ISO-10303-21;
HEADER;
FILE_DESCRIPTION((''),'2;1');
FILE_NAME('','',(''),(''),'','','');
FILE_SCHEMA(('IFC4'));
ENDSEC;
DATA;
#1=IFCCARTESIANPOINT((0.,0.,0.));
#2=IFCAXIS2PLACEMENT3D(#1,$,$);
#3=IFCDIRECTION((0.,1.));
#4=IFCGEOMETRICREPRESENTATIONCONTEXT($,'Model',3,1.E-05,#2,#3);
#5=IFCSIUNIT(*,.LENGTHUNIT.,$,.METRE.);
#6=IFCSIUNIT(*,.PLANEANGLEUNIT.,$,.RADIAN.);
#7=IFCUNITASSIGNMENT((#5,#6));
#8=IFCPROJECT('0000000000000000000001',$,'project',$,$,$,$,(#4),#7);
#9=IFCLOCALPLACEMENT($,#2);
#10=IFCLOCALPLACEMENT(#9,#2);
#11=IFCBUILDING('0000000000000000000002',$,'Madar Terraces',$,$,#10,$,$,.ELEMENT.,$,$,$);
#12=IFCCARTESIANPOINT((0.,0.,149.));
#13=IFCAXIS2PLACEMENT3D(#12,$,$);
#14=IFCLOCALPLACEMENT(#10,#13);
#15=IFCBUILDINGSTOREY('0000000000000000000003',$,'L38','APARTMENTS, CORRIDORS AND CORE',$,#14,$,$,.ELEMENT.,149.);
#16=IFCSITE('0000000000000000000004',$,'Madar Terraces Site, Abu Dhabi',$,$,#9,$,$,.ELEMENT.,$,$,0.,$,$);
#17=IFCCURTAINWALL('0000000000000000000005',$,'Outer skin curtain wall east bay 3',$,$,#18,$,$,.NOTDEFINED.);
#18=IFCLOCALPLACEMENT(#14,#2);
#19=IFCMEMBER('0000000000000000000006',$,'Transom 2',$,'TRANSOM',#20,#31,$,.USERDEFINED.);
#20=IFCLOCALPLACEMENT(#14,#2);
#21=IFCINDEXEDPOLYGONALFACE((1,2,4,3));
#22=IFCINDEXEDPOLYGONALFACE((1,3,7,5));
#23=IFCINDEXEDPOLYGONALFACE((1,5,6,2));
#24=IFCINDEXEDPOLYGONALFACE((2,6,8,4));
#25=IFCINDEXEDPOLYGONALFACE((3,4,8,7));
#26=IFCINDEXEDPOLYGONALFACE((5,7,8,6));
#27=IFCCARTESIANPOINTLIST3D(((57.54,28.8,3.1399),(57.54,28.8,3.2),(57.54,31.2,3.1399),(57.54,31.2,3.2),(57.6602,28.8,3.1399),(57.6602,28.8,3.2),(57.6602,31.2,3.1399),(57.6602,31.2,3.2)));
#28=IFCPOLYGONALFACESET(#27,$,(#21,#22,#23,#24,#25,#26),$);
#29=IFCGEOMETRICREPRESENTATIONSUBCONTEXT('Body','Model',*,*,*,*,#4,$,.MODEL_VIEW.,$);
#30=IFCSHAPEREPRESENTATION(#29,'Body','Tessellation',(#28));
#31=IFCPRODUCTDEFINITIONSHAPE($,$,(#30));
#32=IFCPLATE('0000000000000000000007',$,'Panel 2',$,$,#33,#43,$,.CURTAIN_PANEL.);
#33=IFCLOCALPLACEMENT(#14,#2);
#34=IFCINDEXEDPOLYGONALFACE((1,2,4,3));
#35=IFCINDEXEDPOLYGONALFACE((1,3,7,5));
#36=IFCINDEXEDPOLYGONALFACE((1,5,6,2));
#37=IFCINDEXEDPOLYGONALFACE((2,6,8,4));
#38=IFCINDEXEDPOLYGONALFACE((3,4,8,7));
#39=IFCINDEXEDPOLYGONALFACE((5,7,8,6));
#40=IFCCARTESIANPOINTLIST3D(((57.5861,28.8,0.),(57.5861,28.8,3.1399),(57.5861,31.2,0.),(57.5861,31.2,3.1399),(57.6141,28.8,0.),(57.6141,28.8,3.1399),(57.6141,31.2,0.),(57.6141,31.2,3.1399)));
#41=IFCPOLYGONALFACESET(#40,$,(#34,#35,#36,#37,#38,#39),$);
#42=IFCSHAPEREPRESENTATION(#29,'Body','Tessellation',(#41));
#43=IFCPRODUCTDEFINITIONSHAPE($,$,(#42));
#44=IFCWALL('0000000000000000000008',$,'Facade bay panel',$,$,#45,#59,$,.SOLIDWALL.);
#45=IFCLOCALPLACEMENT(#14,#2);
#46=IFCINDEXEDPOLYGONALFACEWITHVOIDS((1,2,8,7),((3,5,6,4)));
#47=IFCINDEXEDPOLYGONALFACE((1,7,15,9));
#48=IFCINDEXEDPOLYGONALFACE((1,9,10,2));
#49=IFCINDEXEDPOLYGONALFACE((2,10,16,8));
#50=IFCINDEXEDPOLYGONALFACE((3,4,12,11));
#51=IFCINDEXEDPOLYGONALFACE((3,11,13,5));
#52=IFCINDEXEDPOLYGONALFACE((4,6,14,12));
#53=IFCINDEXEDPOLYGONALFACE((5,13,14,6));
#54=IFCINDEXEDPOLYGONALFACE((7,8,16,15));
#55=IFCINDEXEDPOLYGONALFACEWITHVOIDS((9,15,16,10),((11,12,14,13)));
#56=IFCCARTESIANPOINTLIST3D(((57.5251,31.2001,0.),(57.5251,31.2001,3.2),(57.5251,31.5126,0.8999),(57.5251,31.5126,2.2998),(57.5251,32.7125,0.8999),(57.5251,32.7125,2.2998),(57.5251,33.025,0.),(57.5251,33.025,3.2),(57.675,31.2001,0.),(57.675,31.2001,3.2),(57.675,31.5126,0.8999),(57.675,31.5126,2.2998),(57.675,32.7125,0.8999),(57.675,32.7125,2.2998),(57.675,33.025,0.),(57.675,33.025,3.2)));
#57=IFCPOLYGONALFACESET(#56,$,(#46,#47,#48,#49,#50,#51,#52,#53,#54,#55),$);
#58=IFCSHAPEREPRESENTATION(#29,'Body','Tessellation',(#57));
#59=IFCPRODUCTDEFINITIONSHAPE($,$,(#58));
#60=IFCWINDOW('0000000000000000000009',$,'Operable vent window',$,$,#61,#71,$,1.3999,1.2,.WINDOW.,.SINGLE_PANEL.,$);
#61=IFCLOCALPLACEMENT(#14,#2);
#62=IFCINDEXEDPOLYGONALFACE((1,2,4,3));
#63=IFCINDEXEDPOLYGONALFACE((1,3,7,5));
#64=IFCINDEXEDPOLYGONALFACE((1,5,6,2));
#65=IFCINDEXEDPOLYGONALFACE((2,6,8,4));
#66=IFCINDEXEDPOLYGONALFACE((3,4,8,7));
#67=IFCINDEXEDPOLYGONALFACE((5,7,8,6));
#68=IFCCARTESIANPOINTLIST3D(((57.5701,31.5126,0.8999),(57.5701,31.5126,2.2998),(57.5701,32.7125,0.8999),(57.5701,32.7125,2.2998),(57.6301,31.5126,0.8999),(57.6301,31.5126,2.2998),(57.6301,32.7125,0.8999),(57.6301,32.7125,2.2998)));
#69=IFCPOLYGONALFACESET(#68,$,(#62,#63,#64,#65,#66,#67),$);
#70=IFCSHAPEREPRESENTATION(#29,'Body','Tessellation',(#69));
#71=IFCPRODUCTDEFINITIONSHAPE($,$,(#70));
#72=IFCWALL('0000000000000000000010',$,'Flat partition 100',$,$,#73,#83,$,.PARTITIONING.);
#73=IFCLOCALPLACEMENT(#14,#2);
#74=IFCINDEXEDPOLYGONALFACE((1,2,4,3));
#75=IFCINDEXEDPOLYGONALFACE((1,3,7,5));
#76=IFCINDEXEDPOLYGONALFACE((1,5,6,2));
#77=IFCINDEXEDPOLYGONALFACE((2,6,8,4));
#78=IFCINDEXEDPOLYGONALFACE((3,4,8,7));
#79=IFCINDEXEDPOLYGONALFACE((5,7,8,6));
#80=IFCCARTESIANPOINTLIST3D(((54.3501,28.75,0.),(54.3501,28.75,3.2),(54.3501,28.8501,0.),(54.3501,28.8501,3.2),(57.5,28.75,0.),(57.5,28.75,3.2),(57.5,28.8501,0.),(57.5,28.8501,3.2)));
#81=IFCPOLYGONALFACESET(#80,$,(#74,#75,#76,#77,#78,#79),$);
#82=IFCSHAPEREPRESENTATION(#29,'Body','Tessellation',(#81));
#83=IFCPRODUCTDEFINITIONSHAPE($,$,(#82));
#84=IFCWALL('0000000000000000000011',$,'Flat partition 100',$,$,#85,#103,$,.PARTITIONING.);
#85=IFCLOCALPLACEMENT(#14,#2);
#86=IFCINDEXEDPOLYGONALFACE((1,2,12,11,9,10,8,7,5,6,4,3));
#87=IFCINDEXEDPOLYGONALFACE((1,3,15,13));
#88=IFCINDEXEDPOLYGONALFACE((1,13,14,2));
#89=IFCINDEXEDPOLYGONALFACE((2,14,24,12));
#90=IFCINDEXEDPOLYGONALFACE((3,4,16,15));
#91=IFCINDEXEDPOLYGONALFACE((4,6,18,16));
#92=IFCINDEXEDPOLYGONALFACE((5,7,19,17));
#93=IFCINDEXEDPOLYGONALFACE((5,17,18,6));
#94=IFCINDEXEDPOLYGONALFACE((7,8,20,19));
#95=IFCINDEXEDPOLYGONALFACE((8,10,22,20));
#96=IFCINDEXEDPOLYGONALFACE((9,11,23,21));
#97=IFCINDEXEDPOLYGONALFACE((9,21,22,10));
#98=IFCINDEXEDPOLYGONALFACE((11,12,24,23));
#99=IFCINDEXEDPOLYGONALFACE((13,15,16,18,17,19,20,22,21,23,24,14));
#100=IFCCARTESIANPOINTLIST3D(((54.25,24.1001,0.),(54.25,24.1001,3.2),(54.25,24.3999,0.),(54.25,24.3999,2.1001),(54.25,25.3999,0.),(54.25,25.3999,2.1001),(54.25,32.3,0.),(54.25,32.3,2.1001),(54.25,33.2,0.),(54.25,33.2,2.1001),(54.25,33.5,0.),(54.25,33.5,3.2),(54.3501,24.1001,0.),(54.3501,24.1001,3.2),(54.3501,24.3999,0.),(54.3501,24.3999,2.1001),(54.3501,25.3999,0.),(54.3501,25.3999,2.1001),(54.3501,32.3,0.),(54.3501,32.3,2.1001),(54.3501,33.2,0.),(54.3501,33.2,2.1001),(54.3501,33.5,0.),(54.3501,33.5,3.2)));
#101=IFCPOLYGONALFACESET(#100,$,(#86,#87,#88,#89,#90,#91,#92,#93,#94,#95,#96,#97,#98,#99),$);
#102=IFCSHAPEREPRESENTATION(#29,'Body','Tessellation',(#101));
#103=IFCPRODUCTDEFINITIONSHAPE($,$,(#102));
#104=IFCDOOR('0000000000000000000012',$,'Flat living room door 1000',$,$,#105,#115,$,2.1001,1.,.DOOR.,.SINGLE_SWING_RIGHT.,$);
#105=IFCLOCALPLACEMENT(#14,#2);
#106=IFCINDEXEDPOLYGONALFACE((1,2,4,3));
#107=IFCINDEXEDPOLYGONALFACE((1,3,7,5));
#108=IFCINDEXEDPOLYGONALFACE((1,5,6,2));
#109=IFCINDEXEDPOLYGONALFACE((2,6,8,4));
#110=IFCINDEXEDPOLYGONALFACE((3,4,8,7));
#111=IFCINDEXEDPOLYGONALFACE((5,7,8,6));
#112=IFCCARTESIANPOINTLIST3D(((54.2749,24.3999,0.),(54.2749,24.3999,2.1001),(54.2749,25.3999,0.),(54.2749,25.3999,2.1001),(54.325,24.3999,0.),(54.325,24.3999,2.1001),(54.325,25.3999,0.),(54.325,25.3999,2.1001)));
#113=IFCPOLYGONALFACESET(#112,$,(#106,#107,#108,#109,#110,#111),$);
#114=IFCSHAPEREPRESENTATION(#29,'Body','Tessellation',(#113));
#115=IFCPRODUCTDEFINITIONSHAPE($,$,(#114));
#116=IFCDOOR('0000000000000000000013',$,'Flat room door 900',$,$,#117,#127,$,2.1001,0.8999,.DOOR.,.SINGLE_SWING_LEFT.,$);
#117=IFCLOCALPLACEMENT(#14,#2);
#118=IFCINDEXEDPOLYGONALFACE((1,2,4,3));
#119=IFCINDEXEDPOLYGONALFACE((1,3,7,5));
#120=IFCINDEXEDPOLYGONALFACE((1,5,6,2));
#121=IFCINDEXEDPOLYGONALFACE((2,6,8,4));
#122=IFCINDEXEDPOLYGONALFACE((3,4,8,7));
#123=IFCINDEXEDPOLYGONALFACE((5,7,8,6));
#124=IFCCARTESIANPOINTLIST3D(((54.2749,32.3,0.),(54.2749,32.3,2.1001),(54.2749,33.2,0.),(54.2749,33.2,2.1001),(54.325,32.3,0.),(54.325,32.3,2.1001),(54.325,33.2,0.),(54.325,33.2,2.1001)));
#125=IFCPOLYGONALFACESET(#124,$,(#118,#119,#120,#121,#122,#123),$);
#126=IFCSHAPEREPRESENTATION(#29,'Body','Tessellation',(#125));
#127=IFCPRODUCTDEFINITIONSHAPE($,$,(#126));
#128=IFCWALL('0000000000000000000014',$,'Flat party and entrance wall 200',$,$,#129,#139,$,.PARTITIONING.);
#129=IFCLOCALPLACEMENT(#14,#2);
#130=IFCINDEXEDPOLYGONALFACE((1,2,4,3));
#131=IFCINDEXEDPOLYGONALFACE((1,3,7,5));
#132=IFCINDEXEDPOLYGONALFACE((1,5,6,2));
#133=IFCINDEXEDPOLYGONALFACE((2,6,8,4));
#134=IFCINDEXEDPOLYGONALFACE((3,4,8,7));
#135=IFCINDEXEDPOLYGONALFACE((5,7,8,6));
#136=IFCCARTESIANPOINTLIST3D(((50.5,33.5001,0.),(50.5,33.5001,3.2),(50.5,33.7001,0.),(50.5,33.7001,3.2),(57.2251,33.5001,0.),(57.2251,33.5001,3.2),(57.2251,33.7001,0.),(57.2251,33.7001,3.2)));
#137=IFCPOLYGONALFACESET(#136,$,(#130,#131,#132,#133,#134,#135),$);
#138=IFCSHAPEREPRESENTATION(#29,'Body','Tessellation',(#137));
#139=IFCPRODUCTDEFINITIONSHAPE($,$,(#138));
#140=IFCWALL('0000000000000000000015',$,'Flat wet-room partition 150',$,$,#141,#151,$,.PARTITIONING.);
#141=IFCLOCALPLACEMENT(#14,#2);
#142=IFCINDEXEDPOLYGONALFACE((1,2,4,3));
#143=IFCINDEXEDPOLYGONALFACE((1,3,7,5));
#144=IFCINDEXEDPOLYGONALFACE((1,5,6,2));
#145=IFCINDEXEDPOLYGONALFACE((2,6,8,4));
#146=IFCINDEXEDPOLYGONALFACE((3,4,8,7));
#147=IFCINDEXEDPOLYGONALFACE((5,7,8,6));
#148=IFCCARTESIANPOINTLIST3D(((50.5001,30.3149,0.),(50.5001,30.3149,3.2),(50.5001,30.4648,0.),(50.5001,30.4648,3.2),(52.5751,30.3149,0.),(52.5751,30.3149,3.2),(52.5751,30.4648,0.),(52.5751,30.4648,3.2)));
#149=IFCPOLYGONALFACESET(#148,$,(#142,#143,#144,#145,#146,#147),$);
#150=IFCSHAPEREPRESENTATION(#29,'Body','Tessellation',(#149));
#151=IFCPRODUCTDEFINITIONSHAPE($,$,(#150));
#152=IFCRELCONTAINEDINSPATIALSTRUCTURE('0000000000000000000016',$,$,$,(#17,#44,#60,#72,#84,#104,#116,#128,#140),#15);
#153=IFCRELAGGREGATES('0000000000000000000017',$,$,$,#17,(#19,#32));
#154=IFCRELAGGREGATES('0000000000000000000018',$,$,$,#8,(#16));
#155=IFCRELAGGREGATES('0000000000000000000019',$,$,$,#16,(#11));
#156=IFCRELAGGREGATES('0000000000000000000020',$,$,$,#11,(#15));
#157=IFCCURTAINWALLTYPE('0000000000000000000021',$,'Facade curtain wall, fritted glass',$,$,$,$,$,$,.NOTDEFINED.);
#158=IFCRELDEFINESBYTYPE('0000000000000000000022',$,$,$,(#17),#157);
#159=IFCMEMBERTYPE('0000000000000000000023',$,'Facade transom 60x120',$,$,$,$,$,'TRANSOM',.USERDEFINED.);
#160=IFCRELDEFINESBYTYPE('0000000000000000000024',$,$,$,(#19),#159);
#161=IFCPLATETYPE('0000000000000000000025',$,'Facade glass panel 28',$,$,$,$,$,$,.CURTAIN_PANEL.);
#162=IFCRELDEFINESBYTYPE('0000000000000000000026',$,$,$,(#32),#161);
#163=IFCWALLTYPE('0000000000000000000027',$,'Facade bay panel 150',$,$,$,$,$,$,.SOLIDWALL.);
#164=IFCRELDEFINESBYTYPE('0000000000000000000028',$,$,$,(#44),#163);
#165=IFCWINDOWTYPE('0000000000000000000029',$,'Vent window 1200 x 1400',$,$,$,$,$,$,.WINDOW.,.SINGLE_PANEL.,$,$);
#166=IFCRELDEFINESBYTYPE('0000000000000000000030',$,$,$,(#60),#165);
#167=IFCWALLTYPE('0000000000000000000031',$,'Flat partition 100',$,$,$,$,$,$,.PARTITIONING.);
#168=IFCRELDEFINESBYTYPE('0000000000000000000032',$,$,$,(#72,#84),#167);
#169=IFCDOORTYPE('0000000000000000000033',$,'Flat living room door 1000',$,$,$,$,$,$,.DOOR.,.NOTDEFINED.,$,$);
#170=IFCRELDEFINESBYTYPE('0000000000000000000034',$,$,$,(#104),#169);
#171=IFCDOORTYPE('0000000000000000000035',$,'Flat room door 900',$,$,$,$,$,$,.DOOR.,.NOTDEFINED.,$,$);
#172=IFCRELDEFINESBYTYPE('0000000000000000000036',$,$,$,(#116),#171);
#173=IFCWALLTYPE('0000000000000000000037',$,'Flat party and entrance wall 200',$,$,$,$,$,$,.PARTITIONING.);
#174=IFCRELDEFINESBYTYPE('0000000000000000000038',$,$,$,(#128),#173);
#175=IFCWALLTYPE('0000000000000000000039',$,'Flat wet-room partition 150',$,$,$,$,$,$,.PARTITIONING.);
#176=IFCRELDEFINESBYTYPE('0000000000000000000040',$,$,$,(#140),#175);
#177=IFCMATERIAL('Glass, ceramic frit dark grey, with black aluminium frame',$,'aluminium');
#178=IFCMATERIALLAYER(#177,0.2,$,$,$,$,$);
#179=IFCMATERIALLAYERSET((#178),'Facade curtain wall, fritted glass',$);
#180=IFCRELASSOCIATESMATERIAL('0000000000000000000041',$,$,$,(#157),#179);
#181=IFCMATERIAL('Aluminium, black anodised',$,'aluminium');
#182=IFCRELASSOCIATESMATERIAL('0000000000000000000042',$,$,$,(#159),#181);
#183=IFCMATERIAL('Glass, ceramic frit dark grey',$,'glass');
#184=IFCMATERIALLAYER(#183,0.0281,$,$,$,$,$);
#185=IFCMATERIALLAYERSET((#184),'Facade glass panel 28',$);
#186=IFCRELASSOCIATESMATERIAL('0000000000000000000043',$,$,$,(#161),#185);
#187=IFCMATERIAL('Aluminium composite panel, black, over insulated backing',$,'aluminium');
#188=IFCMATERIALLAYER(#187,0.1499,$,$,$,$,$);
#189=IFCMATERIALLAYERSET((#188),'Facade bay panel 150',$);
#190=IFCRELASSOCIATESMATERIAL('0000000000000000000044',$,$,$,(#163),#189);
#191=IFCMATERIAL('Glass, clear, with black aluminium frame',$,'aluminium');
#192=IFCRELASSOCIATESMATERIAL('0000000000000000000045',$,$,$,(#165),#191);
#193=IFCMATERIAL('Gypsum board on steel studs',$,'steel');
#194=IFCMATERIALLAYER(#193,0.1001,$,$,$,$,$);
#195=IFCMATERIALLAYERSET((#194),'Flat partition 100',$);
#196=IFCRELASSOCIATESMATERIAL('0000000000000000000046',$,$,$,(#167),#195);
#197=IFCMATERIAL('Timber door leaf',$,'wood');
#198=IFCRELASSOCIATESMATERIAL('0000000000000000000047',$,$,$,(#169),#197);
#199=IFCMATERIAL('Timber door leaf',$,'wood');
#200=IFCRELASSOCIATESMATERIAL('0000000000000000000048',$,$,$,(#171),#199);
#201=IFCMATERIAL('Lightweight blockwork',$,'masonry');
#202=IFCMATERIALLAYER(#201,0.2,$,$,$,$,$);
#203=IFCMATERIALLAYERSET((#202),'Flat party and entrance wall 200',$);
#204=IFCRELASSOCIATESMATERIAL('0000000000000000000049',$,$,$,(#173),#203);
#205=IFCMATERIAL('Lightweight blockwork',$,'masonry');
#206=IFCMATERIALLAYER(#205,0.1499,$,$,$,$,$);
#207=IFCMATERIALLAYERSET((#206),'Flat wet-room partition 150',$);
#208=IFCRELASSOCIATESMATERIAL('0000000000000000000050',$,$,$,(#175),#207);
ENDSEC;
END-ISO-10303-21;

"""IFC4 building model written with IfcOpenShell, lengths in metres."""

from ifc_helpers import new_model, si_unit, direction, frame, frame_2d, origin, origin_2d, place, context, subcontext, project, spatial, rectangle, extrude, material, layer, layer_set, material_profile, profile_set, type_object, element, fill, aggregate, save


model = new_model("IFC4")

# Units and contexts
model_context = context("Model", 3, precision=1e-05, world=origin(), true_north=direction((0.0, 1.0)))
body_context = subcontext(model_context, "Body", "Model", "MODEL_VIEW")
ifc_project = project(units=[si_unit("LENGTHUNIT", "METRE"), si_unit("PLANEANGLEUNIT", "RADIAN")], contexts=[model_context])

# Site, building, storey
site_placement = place(None, origin())
site = spatial("IfcSite", under=ifc_project, at=site_placement, Name="Madar Terraces Site, Abu Dhabi", CompositionType="ELEMENT", RefElevation=0.0)
building_placement = place(site_placement, origin())
building = spatial("IfcBuilding", under=site, at=building_placement, Name="Madar Terraces", CompositionType="ELEMENT")
storey_placement = place(building_placement, frame((0.0, 0.0, 149.0)))
storey = spatial("IfcBuildingStorey", under=building, at=storey_placement, Name="L38", Description="APARTMENTS, CORRIDORS AND CORE", CompositionType="ELEMENT", Elevation=149.0)

# Curtain wall, member, plate
ifc_material_1 = material(Name="Glass, ceramic frit dark grey, with black aluminium frame", Category="aluminium")
ifc_layer_1 = layer(ifc_material_1, 0.2)
ifc_layer_set_1 = layer_set([ifc_layer_1], Name="Facade curtain wall, fritted glass")
curtain_wall_type = type_object("IfcCurtainWallType", Name="Facade curtain wall, fritted glass", PredefinedType="NOTDEFINED", material=ifc_layer_set_1)
curtain_wall_placement = place(storey_placement, origin())
curtain_wall = element("IfcCurtainWall", 1, at=curtain_wall_placement, inside=storey, type_object=curtain_wall_type, Name="Outer skin curtain wall east bay 3", PredefinedType="NOTDEFINED")
ifc_material_2 = material(Name="Aluminium, black anodised", Category="aluminium")
ifc_material_profile = material_profile(ifc_material_2, rectangle(XDim=0.1201, YDim=0.0601, at=origin_2d()), Name="Facade transom 60x120")
ifc_profile_set = profile_set([ifc_material_profile], Name="Aluminium, black anodised")
member_type = type_object("IfcMemberType", Name="Facade transom 60x120", ElementType="TRANSOM", PredefinedType="USERDEFINED", material=ifc_profile_set)
member_placement = place(storey_placement, frame((57.6001, 28.8, 3.1699), z_axis=(0.0, 1.0, 0.0), x_axis=(-1.0, 0.0, 0.0)))
member = element("IfcMember", 2, at=member_placement, type_object=member_type, Name="Transom 2", ObjectType="TRANSOM", PredefinedType="USERDEFINED", context=body_context, shape_type="SweptSolid", body=[
    extrude(rectangle(XDim=0.1201, YDim=0.0601, at=origin_2d()), origin(), (0.0, 0.0, 1.0), 2.3999),
])
ifc_material_3 = material(Name="Glass, ceramic frit dark grey", Category="glass")
ifc_layer_2 = layer(ifc_material_3, 0.0281)
ifc_layer_set_2 = layer_set([ifc_layer_2], Name="Facade glass panel 28")
plate_type = type_object("IfcPlateType", Name="Facade glass panel 28", PredefinedType="CURTAIN_PANEL", material=ifc_layer_set_2)
plate_placement = place(storey_placement, frame((57.6001, 30.0, 0.0), z_axis=(0.0, 0.0, 1.0), x_axis=(0.0, 1.0, 0.0)))
plate = element("IfcPlate", 3, at=plate_placement, type_object=plate_type, Name="Panel 2", PredefinedType="CURTAIN_PANEL", context=body_context, shape_type="SweptSolid", body=[
    extrude(rectangle(XDim=2.3999, YDim=0.0281, at=origin_2d()), origin(), (0.0, 0.0, 1.0), 3.1399),
])
aggregate(curtain_wall, [member, plate])

# Shared definitions
ifc_material_4 = material(Name="Aluminium composite panel, black, over insulated backing", Category="aluminium")
ifc_layer_3 = layer(ifc_material_4, 0.1499)
ifc_layer_set_3 = layer_set([ifc_layer_3], Name="Facade bay panel 150")
wall_type_1 = type_object("IfcWallType", Name="Facade bay panel 150", PredefinedType="SOLIDWALL", material=ifc_layer_set_3)

# Wall, opening, window
wall_1_placement = place(storey_placement, frame((57.6001, 31.2, 0.0), z_axis=(0.0, 0.0, 1.0), x_axis=(0.0, 1.0, 0.0)))
wall_1 = element("IfcWall", 4, at=wall_1_placement, inside=storey, type_object=wall_type_1, Name="Facade bay panel", PredefinedType="SOLIDWALL", context=body_context, shape_type="SweptSolid", body=[
    extrude(rectangle(XDim=1.825, YDim=0.1499, at=frame_2d((0.9126, 0.0))), origin(), (0.0, 0.0, 1.0), 3.2),
])
opening_1_placement = place(wall_1_placement, frame((0.3125, 0.0, 0.8999)))
opening_1 = element("IfcOpeningElement", 5, at=opening_1_placement, cuts=wall_1, PredefinedType="OPENING", context=body_context, shape_type="SweptSolid", body=[
    extrude(rectangle(XDim=1.2, YDim=1.3999, at=frame_2d((0.6001, 0.7))), frame((0.0, 0.085, 0.0), z_axis=(0.0, -1.0, 0.0), x_axis=(1.0, 0.0, 0.0)), (0.0, 0.0, 1.0), 0.1699),
])
ifc_material_5 = material(Name="Glass, clear, with black aluminium frame", Category="aluminium")
window_type = type_object("IfcWindowType", Name="Vent window 1200 x 1400", PartitioningType="SINGLE_PANEL", PredefinedType="WINDOW", material=ifc_material_5)
window_placement = place(opening_1_placement, origin())
window = element("IfcWindow", 6, at=window_placement, inside=storey, type_object=window_type, Name="Operable vent window", OverallHeight=1.3999, OverallWidth=1.2, PartitioningType="SINGLE_PANEL", PredefinedType="WINDOW", context=body_context, shape_type="SweptSolid", body=[
    extrude(rectangle(XDim=1.2, YDim=1.3999, at=frame_2d((0.6001, 0.7))), frame((0.0, 0.03, 0.0), z_axis=(0.0, -1.0, 0.0), x_axis=(1.0, 0.0, 0.0)), (0.0, 0.0, 1.0), 0.0601),
])
fill(opening_1, window)

# Wall
ifc_material_6 = material(Name="Gypsum board on steel studs", Category="steel")
ifc_layer_4 = layer(ifc_material_6, 0.1001)
ifc_layer_set_4 = layer_set([ifc_layer_4], Name="Flat partition 100")
wall_type_2 = type_object("IfcWallType", Name="Flat partition 100", PredefinedType="PARTITIONING", material=ifc_layer_set_4)
wall_2_placement = place(storey_placement, frame((54.3501, 28.8, 0.0), z_axis=(0.0, 0.0, 1.0), x_axis=(1.0, 0.0, 0.0)))
element("IfcWall", 7, at=wall_2_placement, inside=storey, type_object=wall_type_2, Name="Flat partition 100", PredefinedType="PARTITIONING", context=body_context, shape_type="SweptSolid", body=[
    extrude(rectangle(XDim=3.1499, YDim=0.1001, at=frame_2d((1.575, 0.0))), origin(), (0.0, 0.0, 1.0), 3.2),
])

# Wall, openings, doors
wall_3_placement = place(storey_placement, frame((54.3, 33.5, 0.0), z_axis=(0.0, 0.0, 1.0), x_axis=(0.0, -1.0, 0.0)))
wall_3 = element("IfcWall", 8, at=wall_3_placement, inside=storey, type_object=wall_type_2, Name="Flat partition 100", PredefinedType="PARTITIONING", context=body_context, shape_type="SweptSolid", body=[
    extrude(rectangle(XDim=9.3999, YDim=0.1001, at=frame_2d((4.7, 0.0))), origin(), (0.0, 0.0, 1.0), 3.2),
])
opening_2_placement = place(wall_3_placement, frame((8.1001, 0.0, 0.0)))
opening_2 = element("IfcOpeningElement", 9, at=opening_2_placement, cuts=wall_3, PredefinedType="OPENING", context=body_context, shape_type="SweptSolid", body=[
    extrude(rectangle(XDim=1.0, YDim=2.1001, at=frame_2d((0.5, 1.05))), frame((0.0, 0.0601, 0.0), z_axis=(0.0, -1.0, 0.0), x_axis=(1.0, 0.0, 0.0)), (0.0, 0.0, 1.0), 0.1201),
])
opening_3_placement = place(wall_3_placement, frame((0.3, 0.0, 0.0)))
opening_3 = element("IfcOpeningElement", 10, at=opening_3_placement, cuts=wall_3, PredefinedType="OPENING", context=body_context, shape_type="SweptSolid", body=[
    extrude(rectangle(XDim=0.8999, YDim=2.1001, at=frame_2d((0.45, 1.05))), frame((0.0, 0.0601, 0.0), z_axis=(0.0, -1.0, 0.0), x_axis=(1.0, 0.0, 0.0)), (0.0, 0.0, 1.0), 0.1201),
])
ifc_material_7 = material(Name="Timber door leaf", Category="wood")
door_type_1 = type_object("IfcDoorType", Name="Flat living room door 1000", OperationType="NOTDEFINED", PredefinedType="DOOR", material=ifc_material_7)
door_1_placement = place(opening_2_placement, origin())
door_1 = element("IfcDoor", 11, at=door_1_placement, inside=storey, type_object=door_type_1, Name="Flat living room door 1000", OperationType="SINGLE_SWING_RIGHT", OverallHeight=2.1001, OverallWidth=1.0, PredefinedType="DOOR", context=body_context, shape_type="SweptSolid", body=[
    extrude(rectangle(XDim=1.0, YDim=2.1001, at=frame_2d((0.5, 1.05))), frame((0.0, 0.0249, 0.0), z_axis=(0.0, -1.0, 0.0), x_axis=(1.0, 0.0, 0.0)), (0.0, 0.0, 1.0), 0.05),
])
fill(opening_2, door_1)
ifc_material_8 = material(Name="Timber door leaf", Category="wood")
door_type_2 = type_object("IfcDoorType", Name="Flat room door 900", OperationType="NOTDEFINED", PredefinedType="DOOR", material=ifc_material_8)
door_2_placement = place(opening_3_placement, origin())
door_2 = element("IfcDoor", 12, at=door_2_placement, inside=storey, type_object=door_type_2, Name="Flat room door 900", OperationType="SINGLE_SWING_LEFT", OverallHeight=2.1001, OverallWidth=0.8999, PredefinedType="DOOR", context=body_context, shape_type="SweptSolid", body=[
    extrude(rectangle(XDim=0.8999, YDim=2.1001, at=frame_2d((0.45, 1.05))), frame((0.0, 0.0249, 0.0), z_axis=(0.0, -1.0, 0.0), x_axis=(1.0, 0.0, 0.0)), (0.0, 0.0, 1.0), 0.05),
])
fill(opening_3, door_2)

# Walls
ifc_material_9 = material(Name="Lightweight blockwork", Category="masonry")
ifc_layer_5 = layer(ifc_material_9, 0.2)
ifc_layer_set_5 = layer_set([ifc_layer_5], Name="Flat party and entrance wall 200")
wall_type_3 = type_object("IfcWallType", Name="Flat party and entrance wall 200", PredefinedType="PARTITIONING", material=ifc_layer_set_5)
wall_4_placement = place(storey_placement, frame((50.5, 33.6001, 0.0), z_axis=(0.0, 0.0, 1.0), x_axis=(1.0, 0.0, 0.0)))
element("IfcWall", 13, at=wall_4_placement, inside=storey, type_object=wall_type_3, Name="Flat party and entrance wall 200", PredefinedType="PARTITIONING", context=body_context, shape_type="SweptSolid", body=[
    extrude(rectangle(XDim=6.7251, YDim=0.2, at=frame_2d((3.3625, 0.0))), origin(), (0.0, 0.0, 1.0), 3.2),
])
ifc_material_10 = material(Name="Lightweight blockwork", Category="masonry")
ifc_layer_6 = layer(ifc_material_10, 0.1499)
ifc_layer_set_6 = layer_set([ifc_layer_6], Name="Flat wet-room partition 150")
wall_type_4 = type_object("IfcWallType", Name="Flat wet-room partition 150", PredefinedType="PARTITIONING", material=ifc_layer_set_6)
wall_5_placement = place(storey_placement, frame((50.5, 30.3899, 0.0), z_axis=(0.0, 0.0, 1.0), x_axis=(1.0, 0.0, 0.0)))
element("IfcWall", 14, at=wall_5_placement, inside=storey, type_object=wall_type_4, Name="Flat wet-room partition 150", PredefinedType="PARTITIONING", context=body_context, shape_type="SweptSolid", body=[
    extrude(rectangle(XDim=2.075, YDim=0.1499, at=frame_2d((1.0376, 0.0))), origin(), (0.0, 0.0, 1.0), 3.2),
])

save(model, "model.ifc")
